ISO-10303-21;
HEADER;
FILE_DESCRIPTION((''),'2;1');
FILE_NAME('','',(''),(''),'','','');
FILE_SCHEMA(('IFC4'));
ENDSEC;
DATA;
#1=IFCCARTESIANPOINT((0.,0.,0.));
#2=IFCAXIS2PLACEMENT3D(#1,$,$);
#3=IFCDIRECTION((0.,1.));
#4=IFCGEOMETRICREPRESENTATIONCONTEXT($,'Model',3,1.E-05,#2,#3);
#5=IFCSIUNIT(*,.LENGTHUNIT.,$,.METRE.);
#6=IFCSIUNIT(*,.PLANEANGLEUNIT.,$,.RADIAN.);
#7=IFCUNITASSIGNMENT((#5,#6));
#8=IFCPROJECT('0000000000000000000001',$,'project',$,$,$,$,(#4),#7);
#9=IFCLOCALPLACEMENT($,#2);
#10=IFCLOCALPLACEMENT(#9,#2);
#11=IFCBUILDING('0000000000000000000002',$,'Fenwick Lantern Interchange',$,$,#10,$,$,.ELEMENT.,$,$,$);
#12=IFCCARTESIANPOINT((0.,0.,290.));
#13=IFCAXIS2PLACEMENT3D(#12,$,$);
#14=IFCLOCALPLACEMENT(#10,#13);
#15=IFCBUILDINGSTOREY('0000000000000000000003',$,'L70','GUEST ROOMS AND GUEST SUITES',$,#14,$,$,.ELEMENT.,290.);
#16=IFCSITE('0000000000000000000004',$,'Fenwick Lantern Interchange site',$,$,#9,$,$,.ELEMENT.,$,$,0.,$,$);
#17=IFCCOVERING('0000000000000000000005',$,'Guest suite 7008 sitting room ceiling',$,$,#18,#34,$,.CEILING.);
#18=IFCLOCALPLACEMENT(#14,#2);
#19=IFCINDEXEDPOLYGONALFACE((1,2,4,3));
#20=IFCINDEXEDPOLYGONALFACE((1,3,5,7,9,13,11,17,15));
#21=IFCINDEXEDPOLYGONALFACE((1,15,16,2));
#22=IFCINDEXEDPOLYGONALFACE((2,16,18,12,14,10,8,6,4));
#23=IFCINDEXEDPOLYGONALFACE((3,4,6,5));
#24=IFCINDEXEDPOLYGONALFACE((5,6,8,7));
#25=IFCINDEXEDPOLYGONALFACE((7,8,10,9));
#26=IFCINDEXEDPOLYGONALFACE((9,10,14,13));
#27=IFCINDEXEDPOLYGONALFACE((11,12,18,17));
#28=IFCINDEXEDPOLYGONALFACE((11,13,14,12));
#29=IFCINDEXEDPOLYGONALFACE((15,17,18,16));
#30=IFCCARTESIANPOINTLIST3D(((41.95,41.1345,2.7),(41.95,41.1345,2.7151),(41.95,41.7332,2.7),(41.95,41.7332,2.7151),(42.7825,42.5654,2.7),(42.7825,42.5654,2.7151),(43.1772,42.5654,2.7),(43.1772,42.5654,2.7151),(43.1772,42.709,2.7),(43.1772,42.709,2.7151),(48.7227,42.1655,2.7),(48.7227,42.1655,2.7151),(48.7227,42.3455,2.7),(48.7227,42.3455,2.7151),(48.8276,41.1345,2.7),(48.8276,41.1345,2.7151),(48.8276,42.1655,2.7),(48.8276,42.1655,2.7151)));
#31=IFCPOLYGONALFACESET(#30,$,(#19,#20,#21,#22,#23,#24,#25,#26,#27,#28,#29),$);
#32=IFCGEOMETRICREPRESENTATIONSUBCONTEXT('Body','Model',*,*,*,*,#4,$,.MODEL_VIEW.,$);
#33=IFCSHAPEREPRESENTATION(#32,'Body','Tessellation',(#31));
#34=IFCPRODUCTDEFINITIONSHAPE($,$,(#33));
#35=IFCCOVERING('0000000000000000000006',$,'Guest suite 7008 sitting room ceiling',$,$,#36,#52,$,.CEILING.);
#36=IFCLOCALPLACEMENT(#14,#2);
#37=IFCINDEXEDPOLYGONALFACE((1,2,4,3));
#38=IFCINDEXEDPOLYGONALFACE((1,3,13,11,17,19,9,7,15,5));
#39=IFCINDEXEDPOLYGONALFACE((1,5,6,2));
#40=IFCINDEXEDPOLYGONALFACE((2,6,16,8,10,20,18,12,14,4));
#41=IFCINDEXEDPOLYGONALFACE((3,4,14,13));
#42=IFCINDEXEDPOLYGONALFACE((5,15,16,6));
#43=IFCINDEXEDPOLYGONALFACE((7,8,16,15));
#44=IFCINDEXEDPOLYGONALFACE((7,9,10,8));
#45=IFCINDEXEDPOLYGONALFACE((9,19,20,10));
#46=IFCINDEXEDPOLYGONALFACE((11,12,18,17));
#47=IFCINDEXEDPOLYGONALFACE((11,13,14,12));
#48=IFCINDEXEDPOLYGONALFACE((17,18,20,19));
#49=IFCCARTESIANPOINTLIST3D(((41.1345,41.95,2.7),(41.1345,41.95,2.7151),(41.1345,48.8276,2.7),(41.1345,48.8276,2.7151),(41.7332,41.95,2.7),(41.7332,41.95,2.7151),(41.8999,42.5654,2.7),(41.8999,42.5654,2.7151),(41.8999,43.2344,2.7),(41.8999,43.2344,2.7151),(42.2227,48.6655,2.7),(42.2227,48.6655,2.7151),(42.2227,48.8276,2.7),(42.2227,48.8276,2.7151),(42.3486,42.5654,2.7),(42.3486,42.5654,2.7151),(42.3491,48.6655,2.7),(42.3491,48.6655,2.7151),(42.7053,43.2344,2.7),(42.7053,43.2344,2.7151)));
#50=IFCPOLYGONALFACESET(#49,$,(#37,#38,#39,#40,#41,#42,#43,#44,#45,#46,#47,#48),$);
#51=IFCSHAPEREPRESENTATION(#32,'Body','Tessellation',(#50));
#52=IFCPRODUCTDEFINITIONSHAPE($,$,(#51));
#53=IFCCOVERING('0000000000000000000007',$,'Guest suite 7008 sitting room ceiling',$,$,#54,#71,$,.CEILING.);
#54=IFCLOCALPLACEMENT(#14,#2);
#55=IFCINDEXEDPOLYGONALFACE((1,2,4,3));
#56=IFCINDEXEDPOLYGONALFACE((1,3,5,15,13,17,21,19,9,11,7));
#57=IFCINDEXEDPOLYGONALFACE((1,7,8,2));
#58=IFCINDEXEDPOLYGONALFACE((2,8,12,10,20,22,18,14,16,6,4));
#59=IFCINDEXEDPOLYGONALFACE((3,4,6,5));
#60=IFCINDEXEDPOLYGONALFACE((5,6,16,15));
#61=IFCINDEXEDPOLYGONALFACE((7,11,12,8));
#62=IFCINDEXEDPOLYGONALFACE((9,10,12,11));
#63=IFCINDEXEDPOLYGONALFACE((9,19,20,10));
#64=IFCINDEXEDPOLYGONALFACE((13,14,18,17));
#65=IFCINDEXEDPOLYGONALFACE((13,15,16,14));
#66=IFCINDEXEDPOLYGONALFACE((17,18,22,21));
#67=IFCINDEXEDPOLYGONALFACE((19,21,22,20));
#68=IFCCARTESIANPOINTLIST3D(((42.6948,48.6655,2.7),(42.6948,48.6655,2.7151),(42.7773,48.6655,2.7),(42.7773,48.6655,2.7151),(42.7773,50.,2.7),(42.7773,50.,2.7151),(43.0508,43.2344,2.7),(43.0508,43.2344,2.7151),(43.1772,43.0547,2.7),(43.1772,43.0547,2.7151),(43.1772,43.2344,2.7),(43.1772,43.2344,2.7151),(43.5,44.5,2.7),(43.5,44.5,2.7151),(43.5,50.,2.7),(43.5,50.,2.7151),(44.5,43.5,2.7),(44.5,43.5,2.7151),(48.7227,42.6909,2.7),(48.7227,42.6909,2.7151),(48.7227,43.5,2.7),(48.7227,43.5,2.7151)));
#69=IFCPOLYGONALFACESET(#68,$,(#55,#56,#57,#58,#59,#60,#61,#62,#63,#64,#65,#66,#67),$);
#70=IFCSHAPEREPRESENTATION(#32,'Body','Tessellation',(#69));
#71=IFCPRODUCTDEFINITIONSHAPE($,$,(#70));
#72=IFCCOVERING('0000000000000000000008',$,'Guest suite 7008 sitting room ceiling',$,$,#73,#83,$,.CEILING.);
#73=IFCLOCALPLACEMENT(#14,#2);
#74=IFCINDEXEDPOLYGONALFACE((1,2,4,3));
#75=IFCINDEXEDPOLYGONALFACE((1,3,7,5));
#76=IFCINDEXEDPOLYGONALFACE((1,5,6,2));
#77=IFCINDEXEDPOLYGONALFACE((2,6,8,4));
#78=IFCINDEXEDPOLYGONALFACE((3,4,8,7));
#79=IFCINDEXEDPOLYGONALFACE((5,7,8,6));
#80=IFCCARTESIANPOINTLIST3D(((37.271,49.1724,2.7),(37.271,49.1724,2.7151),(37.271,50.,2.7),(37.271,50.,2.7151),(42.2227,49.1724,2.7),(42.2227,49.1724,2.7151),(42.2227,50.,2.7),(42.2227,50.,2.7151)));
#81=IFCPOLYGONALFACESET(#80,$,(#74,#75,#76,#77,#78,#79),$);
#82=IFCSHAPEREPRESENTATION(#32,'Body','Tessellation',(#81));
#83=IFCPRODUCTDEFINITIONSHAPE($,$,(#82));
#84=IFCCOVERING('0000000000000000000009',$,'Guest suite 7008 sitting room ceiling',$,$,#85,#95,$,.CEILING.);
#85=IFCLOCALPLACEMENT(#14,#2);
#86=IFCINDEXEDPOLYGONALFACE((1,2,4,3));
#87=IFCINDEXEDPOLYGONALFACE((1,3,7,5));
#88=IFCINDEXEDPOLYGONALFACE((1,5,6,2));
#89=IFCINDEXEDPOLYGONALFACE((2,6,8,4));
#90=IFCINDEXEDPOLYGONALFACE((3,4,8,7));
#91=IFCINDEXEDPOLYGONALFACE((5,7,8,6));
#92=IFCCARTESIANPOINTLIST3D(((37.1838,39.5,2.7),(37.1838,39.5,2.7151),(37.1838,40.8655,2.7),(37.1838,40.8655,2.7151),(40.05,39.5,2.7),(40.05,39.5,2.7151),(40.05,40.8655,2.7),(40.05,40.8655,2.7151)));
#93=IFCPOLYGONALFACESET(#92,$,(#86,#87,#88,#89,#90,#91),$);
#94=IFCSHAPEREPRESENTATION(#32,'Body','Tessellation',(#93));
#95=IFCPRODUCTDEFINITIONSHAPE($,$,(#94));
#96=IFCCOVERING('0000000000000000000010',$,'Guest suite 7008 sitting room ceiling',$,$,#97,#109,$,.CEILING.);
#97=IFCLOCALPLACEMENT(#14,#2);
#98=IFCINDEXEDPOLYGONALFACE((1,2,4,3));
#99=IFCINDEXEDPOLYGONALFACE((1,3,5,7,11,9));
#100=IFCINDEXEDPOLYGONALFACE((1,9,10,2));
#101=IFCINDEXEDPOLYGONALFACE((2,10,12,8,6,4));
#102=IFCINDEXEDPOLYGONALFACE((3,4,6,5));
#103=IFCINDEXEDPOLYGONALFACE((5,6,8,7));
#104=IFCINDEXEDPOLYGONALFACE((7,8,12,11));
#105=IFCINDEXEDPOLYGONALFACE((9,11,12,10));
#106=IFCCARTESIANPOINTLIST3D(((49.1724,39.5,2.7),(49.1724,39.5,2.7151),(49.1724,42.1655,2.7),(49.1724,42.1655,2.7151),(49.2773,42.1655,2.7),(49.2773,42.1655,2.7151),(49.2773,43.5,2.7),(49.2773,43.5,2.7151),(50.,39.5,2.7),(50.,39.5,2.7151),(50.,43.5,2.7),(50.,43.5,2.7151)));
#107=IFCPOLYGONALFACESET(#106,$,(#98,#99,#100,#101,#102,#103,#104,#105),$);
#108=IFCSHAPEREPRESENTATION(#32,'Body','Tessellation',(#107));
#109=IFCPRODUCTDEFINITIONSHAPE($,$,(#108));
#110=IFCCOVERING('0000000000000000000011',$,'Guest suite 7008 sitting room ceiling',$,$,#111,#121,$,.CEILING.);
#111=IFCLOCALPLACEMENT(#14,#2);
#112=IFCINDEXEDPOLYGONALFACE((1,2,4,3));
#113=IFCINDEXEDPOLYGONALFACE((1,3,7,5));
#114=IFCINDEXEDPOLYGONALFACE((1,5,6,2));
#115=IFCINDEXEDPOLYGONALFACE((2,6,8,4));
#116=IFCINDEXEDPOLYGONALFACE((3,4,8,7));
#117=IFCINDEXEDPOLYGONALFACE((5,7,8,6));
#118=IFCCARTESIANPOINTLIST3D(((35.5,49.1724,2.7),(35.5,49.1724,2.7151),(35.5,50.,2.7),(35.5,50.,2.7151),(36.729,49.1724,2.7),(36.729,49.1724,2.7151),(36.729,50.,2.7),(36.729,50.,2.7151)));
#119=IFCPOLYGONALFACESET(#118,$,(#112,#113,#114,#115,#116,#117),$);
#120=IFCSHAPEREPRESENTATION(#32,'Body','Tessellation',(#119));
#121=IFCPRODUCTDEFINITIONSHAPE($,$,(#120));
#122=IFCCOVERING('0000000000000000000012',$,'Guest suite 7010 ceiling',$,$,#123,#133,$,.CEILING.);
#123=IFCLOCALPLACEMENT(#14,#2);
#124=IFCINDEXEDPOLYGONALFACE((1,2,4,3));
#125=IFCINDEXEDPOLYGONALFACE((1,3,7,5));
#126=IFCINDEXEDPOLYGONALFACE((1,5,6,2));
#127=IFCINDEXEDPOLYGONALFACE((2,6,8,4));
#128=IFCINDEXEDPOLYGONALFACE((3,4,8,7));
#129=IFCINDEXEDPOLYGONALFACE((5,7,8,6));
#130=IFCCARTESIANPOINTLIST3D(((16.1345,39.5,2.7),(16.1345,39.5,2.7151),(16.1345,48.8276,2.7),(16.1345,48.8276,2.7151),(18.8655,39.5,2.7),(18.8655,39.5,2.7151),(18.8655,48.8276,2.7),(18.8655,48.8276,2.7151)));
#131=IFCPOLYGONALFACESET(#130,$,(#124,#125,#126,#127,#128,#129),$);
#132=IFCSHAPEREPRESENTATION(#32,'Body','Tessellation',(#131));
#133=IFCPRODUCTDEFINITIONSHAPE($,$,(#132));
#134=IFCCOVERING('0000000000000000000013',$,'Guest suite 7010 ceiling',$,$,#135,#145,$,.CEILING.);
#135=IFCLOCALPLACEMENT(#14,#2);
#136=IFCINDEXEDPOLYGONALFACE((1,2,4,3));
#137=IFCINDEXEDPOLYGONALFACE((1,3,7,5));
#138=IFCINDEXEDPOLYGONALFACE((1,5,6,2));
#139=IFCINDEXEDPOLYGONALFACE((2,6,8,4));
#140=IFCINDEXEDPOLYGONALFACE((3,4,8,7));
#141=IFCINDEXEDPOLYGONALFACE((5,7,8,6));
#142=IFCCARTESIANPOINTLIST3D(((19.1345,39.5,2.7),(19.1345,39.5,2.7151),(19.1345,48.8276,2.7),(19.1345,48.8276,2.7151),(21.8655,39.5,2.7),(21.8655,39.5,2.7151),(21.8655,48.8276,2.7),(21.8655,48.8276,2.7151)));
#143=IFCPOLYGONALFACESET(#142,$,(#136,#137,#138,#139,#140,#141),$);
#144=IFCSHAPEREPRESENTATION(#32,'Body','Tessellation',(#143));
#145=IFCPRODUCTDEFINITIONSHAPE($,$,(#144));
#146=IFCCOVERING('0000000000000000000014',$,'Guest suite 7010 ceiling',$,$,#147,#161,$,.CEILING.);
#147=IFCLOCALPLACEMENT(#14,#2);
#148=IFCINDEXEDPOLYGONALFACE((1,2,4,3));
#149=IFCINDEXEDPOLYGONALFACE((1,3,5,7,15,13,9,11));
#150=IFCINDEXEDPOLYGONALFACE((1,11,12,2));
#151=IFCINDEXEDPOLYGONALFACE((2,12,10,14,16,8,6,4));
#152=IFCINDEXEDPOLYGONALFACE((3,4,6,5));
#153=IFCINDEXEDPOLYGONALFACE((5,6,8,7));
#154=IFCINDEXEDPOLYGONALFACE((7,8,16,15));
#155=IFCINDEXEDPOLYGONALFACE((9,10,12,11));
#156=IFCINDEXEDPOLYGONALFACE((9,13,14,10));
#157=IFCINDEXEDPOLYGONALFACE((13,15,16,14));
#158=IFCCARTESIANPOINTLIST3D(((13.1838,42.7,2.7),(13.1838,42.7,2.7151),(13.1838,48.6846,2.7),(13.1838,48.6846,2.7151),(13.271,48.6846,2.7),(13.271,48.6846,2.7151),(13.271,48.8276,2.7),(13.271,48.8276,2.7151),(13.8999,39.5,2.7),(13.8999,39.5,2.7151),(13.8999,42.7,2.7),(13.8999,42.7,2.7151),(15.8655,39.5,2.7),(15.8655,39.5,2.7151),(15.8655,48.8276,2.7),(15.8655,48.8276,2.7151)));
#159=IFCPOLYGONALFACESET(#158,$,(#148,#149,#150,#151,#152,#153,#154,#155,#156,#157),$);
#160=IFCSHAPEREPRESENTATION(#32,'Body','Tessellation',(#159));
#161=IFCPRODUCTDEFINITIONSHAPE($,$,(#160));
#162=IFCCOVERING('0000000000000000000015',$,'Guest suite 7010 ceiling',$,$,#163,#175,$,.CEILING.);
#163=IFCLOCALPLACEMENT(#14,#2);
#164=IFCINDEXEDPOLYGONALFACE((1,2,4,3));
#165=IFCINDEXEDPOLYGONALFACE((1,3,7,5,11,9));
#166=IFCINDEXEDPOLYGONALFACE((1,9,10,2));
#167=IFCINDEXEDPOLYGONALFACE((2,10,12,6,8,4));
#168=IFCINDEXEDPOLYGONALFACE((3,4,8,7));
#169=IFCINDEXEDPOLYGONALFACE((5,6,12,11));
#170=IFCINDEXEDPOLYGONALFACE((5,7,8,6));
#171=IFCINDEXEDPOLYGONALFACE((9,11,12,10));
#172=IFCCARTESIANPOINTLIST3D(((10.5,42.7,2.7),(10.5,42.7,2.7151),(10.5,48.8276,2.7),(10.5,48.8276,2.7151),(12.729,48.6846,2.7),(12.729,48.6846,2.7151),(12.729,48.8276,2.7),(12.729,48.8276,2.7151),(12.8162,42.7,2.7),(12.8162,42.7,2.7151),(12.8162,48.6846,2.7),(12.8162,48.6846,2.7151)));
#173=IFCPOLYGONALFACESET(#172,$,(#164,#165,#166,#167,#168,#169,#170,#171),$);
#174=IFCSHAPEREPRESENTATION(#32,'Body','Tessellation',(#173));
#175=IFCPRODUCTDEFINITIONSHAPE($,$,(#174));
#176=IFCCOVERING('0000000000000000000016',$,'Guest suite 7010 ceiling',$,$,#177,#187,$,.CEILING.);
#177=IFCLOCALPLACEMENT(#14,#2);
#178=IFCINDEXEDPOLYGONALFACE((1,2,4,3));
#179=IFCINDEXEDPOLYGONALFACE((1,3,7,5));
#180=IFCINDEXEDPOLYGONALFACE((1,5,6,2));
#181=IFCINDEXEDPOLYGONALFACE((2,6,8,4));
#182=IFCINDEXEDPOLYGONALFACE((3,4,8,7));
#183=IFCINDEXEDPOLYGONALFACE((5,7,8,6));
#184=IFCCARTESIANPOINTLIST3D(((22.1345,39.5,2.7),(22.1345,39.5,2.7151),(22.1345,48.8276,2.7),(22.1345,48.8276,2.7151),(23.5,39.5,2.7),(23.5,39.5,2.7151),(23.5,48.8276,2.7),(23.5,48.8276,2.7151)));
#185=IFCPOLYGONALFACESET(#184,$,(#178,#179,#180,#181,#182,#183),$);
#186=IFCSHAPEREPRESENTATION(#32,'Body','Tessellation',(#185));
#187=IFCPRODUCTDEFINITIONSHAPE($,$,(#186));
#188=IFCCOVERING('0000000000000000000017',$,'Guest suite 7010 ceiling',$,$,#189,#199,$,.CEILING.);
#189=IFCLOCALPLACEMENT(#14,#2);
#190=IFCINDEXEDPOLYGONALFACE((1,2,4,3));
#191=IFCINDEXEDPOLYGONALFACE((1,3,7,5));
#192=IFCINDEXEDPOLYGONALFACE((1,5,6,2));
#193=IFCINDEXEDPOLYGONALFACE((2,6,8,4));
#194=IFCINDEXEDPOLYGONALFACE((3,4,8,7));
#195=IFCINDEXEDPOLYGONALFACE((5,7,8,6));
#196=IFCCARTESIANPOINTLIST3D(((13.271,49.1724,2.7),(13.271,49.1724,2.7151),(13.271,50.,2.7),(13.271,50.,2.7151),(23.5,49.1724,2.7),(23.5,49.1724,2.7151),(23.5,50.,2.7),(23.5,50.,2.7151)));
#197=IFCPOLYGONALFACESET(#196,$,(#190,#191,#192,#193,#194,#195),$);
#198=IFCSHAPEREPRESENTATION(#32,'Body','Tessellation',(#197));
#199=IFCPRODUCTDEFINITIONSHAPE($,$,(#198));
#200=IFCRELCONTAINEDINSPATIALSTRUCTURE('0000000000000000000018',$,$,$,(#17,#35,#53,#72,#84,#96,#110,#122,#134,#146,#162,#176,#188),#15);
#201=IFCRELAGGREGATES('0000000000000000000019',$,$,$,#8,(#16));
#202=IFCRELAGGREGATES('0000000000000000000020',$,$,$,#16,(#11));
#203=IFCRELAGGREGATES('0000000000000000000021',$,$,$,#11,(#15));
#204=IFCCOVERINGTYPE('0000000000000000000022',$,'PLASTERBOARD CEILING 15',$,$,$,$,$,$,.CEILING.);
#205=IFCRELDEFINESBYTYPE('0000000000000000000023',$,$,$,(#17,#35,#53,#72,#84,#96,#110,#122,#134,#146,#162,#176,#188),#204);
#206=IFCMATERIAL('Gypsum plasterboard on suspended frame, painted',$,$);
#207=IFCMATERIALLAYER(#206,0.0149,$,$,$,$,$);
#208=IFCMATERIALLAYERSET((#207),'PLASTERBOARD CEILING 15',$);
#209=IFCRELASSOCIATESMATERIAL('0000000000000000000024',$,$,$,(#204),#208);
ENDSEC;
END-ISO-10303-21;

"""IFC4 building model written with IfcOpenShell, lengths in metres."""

from ifc_helpers import new_model, si_unit, direction, frame, origin, place, context, subcontext, project, spatial, polyline, outline, extrude, material, layer, layer_set, type_object, element, save


model = new_model("IFC4")

# Units and contexts
model_context = context("Model", 3, precision=1e-05, world=origin(), true_north=direction((0.0, 1.0)))
body_context = subcontext(model_context, "Body", "Model", "MODEL_VIEW")
ifc_project = project(units=[si_unit("LENGTHUNIT", "METRE"), si_unit("PLANEANGLEUNIT", "RADIAN")], contexts=[model_context])

# Site, building, storey
site_placement = place(None, origin())
site = spatial("IfcSite", under=ifc_project, at=site_placement, Name="Fenwick Lantern Interchange site", CompositionType="ELEMENT", RefElevation=0.0)
building_placement = place(site_placement, origin())
building = spatial("IfcBuilding", under=site, at=building_placement, Name="Fenwick Lantern Interchange", CompositionType="ELEMENT")
storey_placement = place(building_placement, frame((0.0, 0.0, 290.0)))
storey = spatial("IfcBuildingStorey", under=building, at=storey_placement, Name="L70", Description="GUEST ROOMS AND GUEST SUITES", CompositionType="ELEMENT", Elevation=290.0)

# Coverings
ifc_material = material(Name="Gypsum plasterboard on suspended frame, painted")
ifc_layer = layer(ifc_material, 0.0149)
ifc_layer_set = layer_set([ifc_layer], Name="PLASTERBOARD CEILING 15")
covering_type = type_object("IfcCoveringType", Name="PLASTERBOARD CEILING 15", PredefinedType="CEILING", material=ifc_layer_set)
covering_1_placement = place(storey_placement, frame((0.0, 0.0, 2.7)))
element("IfcCovering", 1, at=covering_1_placement, inside=storey, type_object=covering_type, Name="Guest suite 7008 sitting room ceiling", PredefinedType="CEILING", context=body_context, shape_type="SweptSolid", body=[
    extrude(outline(polyline([(41.95, 41.7332), (41.95, 41.1345), (48.8276, 41.1345), (48.8276, 42.1655), (48.7227, 42.1655), (48.7227, 42.3455), (43.1772, 42.709), (43.1772, 42.5654), (42.7825, 42.5654), (41.95, 41.7332)])), origin(), (0.0, 0.0, 1.0), 0.0151),
])
covering_2_placement = place(storey_placement, frame((0.0, 0.0, 2.7)))
element("IfcCovering", 2, at=covering_2_placement, inside=storey, type_object=covering_type, Name="Guest suite 7008 sitting room ceiling", PredefinedType="CEILING", context=body_context, shape_type="SweptSolid", body=[
    extrude(outline(polyline([(41.1345, 41.95), (41.7332, 41.95), (42.3486, 42.5654), (41.8999, 42.5654), (41.8999, 43.2344), (42.7053, 43.2344), (42.3491, 48.6655), (42.2227, 48.6655), (42.2227, 48.8276), (41.1345, 48.8276), (41.1345, 41.95)])), origin(), (0.0, 0.0, 1.0), 0.0151),
])
covering_3_placement = place(storey_placement, frame((0.0, 0.0, 2.7)))
element("IfcCovering", 3, at=covering_3_placement, inside=storey, type_object=covering_type, Name="Guest suite 7008 sitting room ceiling", PredefinedType="CEILING", context=body_context, shape_type="SweptSolid", body=[
    extrude(outline(polyline([(42.7773, 48.6655), (42.6948, 48.6655), (43.0508, 43.2344), (43.1772, 43.2344), (43.1772, 43.0547), (48.7227, 42.6909), (48.7227, 43.5), (44.5, 43.5), (43.5, 44.5), (43.5, 50.0), (42.7773, 50.0), (42.7773, 48.6655)])), origin(), (0.0, 0.0, 1.0), 0.0151),
])
covering_4_placement = place(storey_placement, frame((0.0, 0.0, 2.7)))
element("IfcCovering", 4, at=covering_4_placement, inside=storey, type_object=covering_type, Name="Guest suite 7008 sitting room ceiling", PredefinedType="CEILING", context=body_context, shape_type="SweptSolid", body=[
    extrude(outline(polyline([(37.271, 50.0), (37.271, 49.1724), (42.2227, 49.1724), (42.2227, 50.0), (37.271, 50.0)])), origin(), (0.0, 0.0, 1.0), 0.0151),
])
covering_5_placement = place(storey_placement, frame((0.0, 0.0, 2.7)))
element("IfcCovering", 5, at=covering_5_placement, inside=storey, type_object=covering_type, Name="Guest suite 7008 sitting room ceiling", PredefinedType="CEILING", context=body_context, shape_type="SweptSolid", body=[
    extrude(outline(polyline([(40.05, 39.5), (40.05, 40.8655), (37.1838, 40.8655), (37.1838, 39.5), (40.05, 39.5)])), origin(), (0.0, 0.0, 1.0), 0.0151),
])
covering_6_placement = place(storey_placement, frame((0.0, 0.0, 2.7)))
element("IfcCovering", 6, at=covering_6_placement, inside=storey, type_object=covering_type, Name="Guest suite 7008 sitting room ceiling", PredefinedType="CEILING", context=body_context, shape_type="SweptSolid", body=[
    extrude(outline(polyline([(49.2773, 43.5), (49.2773, 42.1655), (49.1724, 42.1655), (49.1724, 39.5), (50.0, 39.5), (50.0, 43.5), (49.2773, 43.5)])), origin(), (0.0, 0.0, 1.0), 0.0151),
])
covering_7_placement = place(storey_placement, frame((0.0, 0.0, 2.7)))
element("IfcCovering", 7, at=covering_7_placement, inside=storey, type_object=covering_type, Name="Guest suite 7008 sitting room ceiling", PredefinedType="CEILING", context=body_context, shape_type="SweptSolid", body=[
    extrude(outline(polyline([(35.5, 50.0), (35.5, 49.1724), (36.729, 49.1724), (36.729, 50.0), (35.5, 50.0)])), origin(), (0.0, 0.0, 1.0), 0.0151),
])
covering_8_placement = place(storey_placement, frame((0.0, 0.0, 2.7)))
element("IfcCovering", 8, at=covering_8_placement, inside=storey, type_object=covering_type, Name="Guest suite 7010 ceiling", PredefinedType="CEILING", context=body_context, shape_type="SweptSolid", body=[
    extrude(outline(polyline([(16.1345, 39.5), (18.8655, 39.5), (18.8655, 48.8276), (16.1345, 48.8276), (16.1345, 39.5)])), origin(), (0.0, 0.0, 1.0), 0.0151),
])
covering_9_placement = place(storey_placement, frame((0.0, 0.0, 2.7)))
element("IfcCovering", 9, at=covering_9_placement, inside=storey, type_object=covering_type, Name="Guest suite 7010 ceiling", PredefinedType="CEILING", context=body_context, shape_type="SweptSolid", body=[
    extrude(outline(polyline([(19.1345, 39.5), (21.8655, 39.5), (21.8655, 48.8276), (19.1345, 48.8276), (19.1345, 39.5)])), origin(), (0.0, 0.0, 1.0), 0.0151),
])
covering_10_placement = place(storey_placement, frame((0.0, 0.0, 2.7)))
element("IfcCovering", 10, at=covering_10_placement, inside=storey, type_object=covering_type, Name="Guest suite 7010 ceiling", PredefinedType="CEILING", context=body_context, shape_type="SweptSolid", body=[
    extrude(outline(polyline([(13.271, 48.6846), (13.1838, 48.6846), (13.1838, 42.7), (13.8999, 42.7), (13.8999, 39.5), (15.8655, 39.5), (15.8655, 48.8276), (13.271, 48.8276), (13.271, 48.6846)])), origin(), (0.0, 0.0, 1.0), 0.0151),
])
covering_11_placement = place(storey_placement, frame((0.0, 0.0, 2.7)))
element("IfcCovering", 11, at=covering_11_placement, inside=storey, type_object=covering_type, Name="Guest suite 7010 ceiling", PredefinedType="CEILING", context=body_context, shape_type="SweptSolid", body=[
    extrude(outline(polyline([(12.729, 48.6846), (12.729, 48.8276), (10.5, 48.8276), (10.5, 42.7), (12.8162, 42.7), (12.8162, 48.6846), (12.729, 48.6846)])), origin(), (0.0, 0.0, 1.0), 0.0151),
])
covering_12_placement = place(storey_placement, frame((0.0, 0.0, 2.7)))
element("IfcCovering", 12, at=covering_12_placement, inside=storey, type_object=covering_type, Name="Guest suite 7010 ceiling", PredefinedType="CEILING", context=body_context, shape_type="SweptSolid", body=[
    extrude(outline(polyline([(23.5, 39.5), (23.5, 48.8276), (22.1345, 48.8276), (22.1345, 39.5), (23.5, 39.5)])), origin(), (0.0, 0.0, 1.0), 0.0151),
])
covering_13_placement = place(storey_placement, frame((0.0, 0.0, 2.7)))
element("IfcCovering", 13, at=covering_13_placement, inside=storey, type_object=covering_type, Name="Guest suite 7010 ceiling", PredefinedType="CEILING", context=body_context, shape_type="SweptSolid", body=[
    extrude(outline(polyline([(13.271, 50.0), (13.271, 49.1724), (23.5, 49.1724), (23.5, 50.0), (13.271, 50.0)])), origin(), (0.0, 0.0, 1.0), 0.0151),
])

save(model, "model.ifc")
